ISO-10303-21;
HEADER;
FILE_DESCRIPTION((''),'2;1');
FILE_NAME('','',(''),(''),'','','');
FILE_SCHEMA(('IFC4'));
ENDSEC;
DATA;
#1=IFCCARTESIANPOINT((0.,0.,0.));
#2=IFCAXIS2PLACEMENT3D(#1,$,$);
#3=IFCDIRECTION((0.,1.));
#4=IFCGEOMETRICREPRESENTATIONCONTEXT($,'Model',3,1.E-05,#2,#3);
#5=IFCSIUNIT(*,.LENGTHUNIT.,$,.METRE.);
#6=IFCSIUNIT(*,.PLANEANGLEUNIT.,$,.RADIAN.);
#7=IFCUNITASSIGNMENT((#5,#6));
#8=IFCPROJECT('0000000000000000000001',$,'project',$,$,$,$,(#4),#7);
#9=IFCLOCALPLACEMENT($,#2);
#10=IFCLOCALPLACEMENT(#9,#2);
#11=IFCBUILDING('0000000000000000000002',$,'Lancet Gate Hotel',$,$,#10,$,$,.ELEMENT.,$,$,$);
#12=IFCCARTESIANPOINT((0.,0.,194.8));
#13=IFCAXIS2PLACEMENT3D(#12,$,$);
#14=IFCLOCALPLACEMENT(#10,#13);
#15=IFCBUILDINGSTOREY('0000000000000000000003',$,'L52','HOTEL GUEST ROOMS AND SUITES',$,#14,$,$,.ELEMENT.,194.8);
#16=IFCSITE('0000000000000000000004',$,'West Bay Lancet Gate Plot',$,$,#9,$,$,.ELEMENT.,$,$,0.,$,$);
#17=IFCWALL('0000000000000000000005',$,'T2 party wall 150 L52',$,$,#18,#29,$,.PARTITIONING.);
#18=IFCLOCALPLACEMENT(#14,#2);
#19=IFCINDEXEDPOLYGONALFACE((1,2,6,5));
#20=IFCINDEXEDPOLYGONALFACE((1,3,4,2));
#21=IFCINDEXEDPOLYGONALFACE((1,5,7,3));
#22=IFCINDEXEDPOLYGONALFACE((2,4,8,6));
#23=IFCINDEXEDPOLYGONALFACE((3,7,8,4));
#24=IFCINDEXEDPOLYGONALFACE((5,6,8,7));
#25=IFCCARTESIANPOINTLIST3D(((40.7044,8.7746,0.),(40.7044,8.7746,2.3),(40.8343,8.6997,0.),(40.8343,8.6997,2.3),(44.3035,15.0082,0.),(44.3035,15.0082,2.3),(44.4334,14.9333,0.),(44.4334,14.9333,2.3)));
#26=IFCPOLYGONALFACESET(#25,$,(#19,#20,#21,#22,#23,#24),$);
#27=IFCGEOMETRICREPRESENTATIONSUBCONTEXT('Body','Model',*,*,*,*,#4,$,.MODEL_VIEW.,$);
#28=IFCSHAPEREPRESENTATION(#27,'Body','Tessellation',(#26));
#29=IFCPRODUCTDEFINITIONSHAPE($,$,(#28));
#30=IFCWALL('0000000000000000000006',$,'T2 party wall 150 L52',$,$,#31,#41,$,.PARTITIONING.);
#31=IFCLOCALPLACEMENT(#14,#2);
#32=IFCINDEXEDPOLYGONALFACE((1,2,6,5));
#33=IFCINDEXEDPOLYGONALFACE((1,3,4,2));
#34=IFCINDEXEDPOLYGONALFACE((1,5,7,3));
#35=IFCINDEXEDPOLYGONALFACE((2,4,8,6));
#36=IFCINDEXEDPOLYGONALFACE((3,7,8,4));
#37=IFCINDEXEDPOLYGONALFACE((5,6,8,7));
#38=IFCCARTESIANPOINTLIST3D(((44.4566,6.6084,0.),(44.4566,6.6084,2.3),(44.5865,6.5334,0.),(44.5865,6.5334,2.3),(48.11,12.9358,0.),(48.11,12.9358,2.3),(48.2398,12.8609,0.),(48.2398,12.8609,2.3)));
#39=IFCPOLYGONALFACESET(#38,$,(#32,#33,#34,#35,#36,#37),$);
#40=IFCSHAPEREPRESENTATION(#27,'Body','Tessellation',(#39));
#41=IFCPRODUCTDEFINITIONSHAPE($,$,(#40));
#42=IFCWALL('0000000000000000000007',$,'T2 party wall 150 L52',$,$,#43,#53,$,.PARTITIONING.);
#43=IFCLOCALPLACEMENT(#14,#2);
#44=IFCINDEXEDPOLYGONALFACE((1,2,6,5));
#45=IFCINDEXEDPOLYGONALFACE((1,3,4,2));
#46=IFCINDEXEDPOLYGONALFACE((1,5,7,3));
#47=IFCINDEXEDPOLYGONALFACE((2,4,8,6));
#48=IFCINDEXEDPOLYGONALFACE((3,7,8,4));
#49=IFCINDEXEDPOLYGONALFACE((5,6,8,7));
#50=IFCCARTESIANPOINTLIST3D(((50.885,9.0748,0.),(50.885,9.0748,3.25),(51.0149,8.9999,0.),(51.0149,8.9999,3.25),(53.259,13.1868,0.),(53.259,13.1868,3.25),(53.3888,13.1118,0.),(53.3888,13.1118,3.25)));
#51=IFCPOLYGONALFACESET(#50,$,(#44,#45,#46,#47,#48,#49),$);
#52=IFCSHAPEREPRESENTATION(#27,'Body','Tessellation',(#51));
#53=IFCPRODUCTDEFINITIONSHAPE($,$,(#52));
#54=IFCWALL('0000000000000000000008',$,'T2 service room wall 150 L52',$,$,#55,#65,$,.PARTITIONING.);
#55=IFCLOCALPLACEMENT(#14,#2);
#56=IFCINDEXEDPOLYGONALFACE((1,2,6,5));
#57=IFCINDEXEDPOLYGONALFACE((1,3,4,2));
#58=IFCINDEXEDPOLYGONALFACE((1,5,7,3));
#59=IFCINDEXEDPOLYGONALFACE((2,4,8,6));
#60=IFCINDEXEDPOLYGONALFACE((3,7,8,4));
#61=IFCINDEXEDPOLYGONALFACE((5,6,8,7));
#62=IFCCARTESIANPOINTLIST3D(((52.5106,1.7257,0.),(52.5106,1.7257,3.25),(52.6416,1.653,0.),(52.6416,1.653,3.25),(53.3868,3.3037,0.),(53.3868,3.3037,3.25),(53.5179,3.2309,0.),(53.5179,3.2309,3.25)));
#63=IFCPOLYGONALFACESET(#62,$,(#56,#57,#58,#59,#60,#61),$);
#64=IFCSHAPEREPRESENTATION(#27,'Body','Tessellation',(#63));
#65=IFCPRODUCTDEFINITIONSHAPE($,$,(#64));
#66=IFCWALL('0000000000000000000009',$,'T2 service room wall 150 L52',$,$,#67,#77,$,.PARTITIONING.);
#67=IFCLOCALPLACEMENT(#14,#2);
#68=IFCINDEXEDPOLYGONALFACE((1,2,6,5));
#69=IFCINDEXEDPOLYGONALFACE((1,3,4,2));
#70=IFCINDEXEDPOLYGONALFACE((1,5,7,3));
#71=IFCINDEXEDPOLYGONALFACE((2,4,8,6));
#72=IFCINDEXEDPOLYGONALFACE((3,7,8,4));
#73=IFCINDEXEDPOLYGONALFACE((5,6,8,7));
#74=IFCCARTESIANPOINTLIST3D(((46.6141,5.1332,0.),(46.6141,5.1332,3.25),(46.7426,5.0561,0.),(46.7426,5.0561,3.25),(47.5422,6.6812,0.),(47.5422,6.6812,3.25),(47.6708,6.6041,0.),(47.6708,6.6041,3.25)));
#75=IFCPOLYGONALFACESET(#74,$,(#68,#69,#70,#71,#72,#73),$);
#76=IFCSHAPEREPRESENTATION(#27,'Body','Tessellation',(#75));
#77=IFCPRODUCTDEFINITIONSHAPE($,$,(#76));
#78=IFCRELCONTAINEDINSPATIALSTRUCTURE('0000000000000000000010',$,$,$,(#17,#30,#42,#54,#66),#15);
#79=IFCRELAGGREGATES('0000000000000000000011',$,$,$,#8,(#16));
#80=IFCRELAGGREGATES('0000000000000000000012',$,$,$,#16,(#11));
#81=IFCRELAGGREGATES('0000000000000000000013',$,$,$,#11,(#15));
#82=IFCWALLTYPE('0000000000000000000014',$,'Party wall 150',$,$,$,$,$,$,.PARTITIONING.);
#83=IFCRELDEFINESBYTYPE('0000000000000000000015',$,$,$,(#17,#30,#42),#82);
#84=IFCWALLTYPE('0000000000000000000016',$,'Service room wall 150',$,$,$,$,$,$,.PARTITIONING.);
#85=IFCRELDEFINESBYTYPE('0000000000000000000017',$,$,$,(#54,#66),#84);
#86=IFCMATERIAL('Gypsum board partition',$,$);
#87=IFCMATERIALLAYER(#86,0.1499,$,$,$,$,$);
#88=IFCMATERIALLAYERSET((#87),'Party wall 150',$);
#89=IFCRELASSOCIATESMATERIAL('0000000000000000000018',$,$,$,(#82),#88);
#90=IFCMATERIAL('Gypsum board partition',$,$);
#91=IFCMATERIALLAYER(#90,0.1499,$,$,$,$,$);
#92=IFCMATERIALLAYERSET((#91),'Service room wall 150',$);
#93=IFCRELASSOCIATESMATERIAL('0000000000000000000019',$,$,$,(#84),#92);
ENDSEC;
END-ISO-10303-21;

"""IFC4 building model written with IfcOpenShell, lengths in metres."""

from ifc_helpers import new_model, si_unit, direction, frame, frame_2d, origin, place, context, subcontext, project, spatial, rectangle, extrude, material, layer, layer_set, type_object, element, save


model = new_model("IFC4")

# Units and contexts
model_context = context("Model", 3, precision=1e-05, world=origin(), true_north=direction((0.0, 1.0)))
body_context = subcontext(model_context, "Body", "Model", "MODEL_VIEW")
ifc_project = project(units=[si_unit("LENGTHUNIT", "METRE"), si_unit("PLANEANGLEUNIT", "RADIAN")], contexts=[model_context])

# Site, building, storey
site_placement = place(None, origin())
site = spatial("IfcSite", under=ifc_project, at=site_placement, Name="West Bay Lancet Gate Plot", CompositionType="ELEMENT", RefElevation=0.0)
building_placement = place(site_placement, origin())
building = spatial("IfcBuilding", under=site, at=building_placement, Name="Lancet Gate Hotel", CompositionType="ELEMENT")
storey_placement = place(building_placement, frame((0.0, 0.0, 194.8)))
storey = spatial("IfcBuildingStorey", under=building, at=storey_placement, Name="L52", Description="HOTEL GUEST ROOMS AND SUITES", CompositionType="ELEMENT", Elevation=194.8)

# Walls
ifc_material_1 = material(Name="Gypsum board partition")
ifc_layer_1 = layer(ifc_material_1, 0.1499)
ifc_layer_set_1 = layer_set([ifc_layer_1], Name="Party wall 150")
wall_type_1 = type_object("IfcWallType", Name="Party wall 150", PredefinedType="PARTITIONING", material=ifc_layer_set_1)
wall_1_placement = place(storey_placement, frame((40.7693, 8.7371, 0.0), z_axis=(0.0, 0.0, 1.0), x_axis=(0.500013, 0.866018, 0.0)))
element("IfcWall", 1, at=wall_1_placement, inside=storey, type_object=wall_type_1, Name="T2 party wall 150 L52", PredefinedType="PARTITIONING", context=body_context, shape_type="SweptSolid", body=[
    extrude(rectangle(XDim=7.198, YDim=0.1499, at=frame_2d((3.5991, 0.0))), origin(), (0.0, 0.0, 1.0), 2.3),
])
wall_2_placement = place(storey_placement, frame((44.5215, 6.5708, 0.0), z_axis=(0.0, 0.0, 1.0), x_axis=(0.50002, 0.866014, 0.0)))
element("IfcWall", 2, at=wall_2_placement, inside=storey, type_object=wall_type_1, Name="T2 party wall 150 L52", PredefinedType="PARTITIONING", context=body_context, shape_type="SweptSolid", body=[
    extrude(rectangle(XDim=7.3064, YDim=0.1499, at=frame_2d((3.6533, 0.0))), origin(), (0.0, 0.0, 1.0), 2.3),
])
wall_3_placement = place(storey_placement, frame((50.95, 9.0374, 0.0), z_axis=(0.0, 0.0, 1.0), x_axis=(0.499988, 0.866032, 0.0)))
element("IfcWall", 3, at=wall_3_placement, inside=storey, type_object=wall_type_1, Name="T2 party wall 150 L52", PredefinedType="PARTITIONING", context=body_context, shape_type="SweptSolid", body=[
    extrude(rectangle(XDim=4.748, YDim=0.1499, at=frame_2d((2.374, 0.0))), origin(), (0.0, 0.0, 1.0), 3.25),
])
ifc_material_2 = material(Name="Gypsum board partition")
ifc_layer_2 = layer(ifc_material_2, 0.1499)
ifc_layer_set_2 = layer_set([ifc_layer_2], Name="Service room wall 150")
wall_type_2 = type_object("IfcWallType", Name="Service room wall 150", PredefinedType="PARTITIONING", material=ifc_layer_set_2)
for number, where, z_axis, x_axis, name in (
    (4, (52.5762, 1.6895, 0.0), (0.0, 0.0, 1.0), (0.485482, 0.874247, 0.0), "T2 service room wall 150 L52"),
    (5, (47.6064, 6.6426, 0.0), (0.0, 0.0, 1.0), (-0.514237, -0.857648, 0.0), "T2 service room wall 150 L52"),
):
    element("IfcWall", number, at=place(storey_placement, frame(where, z_axis=z_axis, x_axis=x_axis)), inside=storey, type_object=wall_type_2, Name=name, PredefinedType="PARTITIONING", context=body_context, shape_type="SweptSolid", body=[
        extrude(rectangle(XDim=1.8049, YDim=0.1499, at=frame_2d((0.9023, 0.0))), origin(), (0.0, 0.0, 1.0), 3.25),
    ])

save(model, "model.ifc")
